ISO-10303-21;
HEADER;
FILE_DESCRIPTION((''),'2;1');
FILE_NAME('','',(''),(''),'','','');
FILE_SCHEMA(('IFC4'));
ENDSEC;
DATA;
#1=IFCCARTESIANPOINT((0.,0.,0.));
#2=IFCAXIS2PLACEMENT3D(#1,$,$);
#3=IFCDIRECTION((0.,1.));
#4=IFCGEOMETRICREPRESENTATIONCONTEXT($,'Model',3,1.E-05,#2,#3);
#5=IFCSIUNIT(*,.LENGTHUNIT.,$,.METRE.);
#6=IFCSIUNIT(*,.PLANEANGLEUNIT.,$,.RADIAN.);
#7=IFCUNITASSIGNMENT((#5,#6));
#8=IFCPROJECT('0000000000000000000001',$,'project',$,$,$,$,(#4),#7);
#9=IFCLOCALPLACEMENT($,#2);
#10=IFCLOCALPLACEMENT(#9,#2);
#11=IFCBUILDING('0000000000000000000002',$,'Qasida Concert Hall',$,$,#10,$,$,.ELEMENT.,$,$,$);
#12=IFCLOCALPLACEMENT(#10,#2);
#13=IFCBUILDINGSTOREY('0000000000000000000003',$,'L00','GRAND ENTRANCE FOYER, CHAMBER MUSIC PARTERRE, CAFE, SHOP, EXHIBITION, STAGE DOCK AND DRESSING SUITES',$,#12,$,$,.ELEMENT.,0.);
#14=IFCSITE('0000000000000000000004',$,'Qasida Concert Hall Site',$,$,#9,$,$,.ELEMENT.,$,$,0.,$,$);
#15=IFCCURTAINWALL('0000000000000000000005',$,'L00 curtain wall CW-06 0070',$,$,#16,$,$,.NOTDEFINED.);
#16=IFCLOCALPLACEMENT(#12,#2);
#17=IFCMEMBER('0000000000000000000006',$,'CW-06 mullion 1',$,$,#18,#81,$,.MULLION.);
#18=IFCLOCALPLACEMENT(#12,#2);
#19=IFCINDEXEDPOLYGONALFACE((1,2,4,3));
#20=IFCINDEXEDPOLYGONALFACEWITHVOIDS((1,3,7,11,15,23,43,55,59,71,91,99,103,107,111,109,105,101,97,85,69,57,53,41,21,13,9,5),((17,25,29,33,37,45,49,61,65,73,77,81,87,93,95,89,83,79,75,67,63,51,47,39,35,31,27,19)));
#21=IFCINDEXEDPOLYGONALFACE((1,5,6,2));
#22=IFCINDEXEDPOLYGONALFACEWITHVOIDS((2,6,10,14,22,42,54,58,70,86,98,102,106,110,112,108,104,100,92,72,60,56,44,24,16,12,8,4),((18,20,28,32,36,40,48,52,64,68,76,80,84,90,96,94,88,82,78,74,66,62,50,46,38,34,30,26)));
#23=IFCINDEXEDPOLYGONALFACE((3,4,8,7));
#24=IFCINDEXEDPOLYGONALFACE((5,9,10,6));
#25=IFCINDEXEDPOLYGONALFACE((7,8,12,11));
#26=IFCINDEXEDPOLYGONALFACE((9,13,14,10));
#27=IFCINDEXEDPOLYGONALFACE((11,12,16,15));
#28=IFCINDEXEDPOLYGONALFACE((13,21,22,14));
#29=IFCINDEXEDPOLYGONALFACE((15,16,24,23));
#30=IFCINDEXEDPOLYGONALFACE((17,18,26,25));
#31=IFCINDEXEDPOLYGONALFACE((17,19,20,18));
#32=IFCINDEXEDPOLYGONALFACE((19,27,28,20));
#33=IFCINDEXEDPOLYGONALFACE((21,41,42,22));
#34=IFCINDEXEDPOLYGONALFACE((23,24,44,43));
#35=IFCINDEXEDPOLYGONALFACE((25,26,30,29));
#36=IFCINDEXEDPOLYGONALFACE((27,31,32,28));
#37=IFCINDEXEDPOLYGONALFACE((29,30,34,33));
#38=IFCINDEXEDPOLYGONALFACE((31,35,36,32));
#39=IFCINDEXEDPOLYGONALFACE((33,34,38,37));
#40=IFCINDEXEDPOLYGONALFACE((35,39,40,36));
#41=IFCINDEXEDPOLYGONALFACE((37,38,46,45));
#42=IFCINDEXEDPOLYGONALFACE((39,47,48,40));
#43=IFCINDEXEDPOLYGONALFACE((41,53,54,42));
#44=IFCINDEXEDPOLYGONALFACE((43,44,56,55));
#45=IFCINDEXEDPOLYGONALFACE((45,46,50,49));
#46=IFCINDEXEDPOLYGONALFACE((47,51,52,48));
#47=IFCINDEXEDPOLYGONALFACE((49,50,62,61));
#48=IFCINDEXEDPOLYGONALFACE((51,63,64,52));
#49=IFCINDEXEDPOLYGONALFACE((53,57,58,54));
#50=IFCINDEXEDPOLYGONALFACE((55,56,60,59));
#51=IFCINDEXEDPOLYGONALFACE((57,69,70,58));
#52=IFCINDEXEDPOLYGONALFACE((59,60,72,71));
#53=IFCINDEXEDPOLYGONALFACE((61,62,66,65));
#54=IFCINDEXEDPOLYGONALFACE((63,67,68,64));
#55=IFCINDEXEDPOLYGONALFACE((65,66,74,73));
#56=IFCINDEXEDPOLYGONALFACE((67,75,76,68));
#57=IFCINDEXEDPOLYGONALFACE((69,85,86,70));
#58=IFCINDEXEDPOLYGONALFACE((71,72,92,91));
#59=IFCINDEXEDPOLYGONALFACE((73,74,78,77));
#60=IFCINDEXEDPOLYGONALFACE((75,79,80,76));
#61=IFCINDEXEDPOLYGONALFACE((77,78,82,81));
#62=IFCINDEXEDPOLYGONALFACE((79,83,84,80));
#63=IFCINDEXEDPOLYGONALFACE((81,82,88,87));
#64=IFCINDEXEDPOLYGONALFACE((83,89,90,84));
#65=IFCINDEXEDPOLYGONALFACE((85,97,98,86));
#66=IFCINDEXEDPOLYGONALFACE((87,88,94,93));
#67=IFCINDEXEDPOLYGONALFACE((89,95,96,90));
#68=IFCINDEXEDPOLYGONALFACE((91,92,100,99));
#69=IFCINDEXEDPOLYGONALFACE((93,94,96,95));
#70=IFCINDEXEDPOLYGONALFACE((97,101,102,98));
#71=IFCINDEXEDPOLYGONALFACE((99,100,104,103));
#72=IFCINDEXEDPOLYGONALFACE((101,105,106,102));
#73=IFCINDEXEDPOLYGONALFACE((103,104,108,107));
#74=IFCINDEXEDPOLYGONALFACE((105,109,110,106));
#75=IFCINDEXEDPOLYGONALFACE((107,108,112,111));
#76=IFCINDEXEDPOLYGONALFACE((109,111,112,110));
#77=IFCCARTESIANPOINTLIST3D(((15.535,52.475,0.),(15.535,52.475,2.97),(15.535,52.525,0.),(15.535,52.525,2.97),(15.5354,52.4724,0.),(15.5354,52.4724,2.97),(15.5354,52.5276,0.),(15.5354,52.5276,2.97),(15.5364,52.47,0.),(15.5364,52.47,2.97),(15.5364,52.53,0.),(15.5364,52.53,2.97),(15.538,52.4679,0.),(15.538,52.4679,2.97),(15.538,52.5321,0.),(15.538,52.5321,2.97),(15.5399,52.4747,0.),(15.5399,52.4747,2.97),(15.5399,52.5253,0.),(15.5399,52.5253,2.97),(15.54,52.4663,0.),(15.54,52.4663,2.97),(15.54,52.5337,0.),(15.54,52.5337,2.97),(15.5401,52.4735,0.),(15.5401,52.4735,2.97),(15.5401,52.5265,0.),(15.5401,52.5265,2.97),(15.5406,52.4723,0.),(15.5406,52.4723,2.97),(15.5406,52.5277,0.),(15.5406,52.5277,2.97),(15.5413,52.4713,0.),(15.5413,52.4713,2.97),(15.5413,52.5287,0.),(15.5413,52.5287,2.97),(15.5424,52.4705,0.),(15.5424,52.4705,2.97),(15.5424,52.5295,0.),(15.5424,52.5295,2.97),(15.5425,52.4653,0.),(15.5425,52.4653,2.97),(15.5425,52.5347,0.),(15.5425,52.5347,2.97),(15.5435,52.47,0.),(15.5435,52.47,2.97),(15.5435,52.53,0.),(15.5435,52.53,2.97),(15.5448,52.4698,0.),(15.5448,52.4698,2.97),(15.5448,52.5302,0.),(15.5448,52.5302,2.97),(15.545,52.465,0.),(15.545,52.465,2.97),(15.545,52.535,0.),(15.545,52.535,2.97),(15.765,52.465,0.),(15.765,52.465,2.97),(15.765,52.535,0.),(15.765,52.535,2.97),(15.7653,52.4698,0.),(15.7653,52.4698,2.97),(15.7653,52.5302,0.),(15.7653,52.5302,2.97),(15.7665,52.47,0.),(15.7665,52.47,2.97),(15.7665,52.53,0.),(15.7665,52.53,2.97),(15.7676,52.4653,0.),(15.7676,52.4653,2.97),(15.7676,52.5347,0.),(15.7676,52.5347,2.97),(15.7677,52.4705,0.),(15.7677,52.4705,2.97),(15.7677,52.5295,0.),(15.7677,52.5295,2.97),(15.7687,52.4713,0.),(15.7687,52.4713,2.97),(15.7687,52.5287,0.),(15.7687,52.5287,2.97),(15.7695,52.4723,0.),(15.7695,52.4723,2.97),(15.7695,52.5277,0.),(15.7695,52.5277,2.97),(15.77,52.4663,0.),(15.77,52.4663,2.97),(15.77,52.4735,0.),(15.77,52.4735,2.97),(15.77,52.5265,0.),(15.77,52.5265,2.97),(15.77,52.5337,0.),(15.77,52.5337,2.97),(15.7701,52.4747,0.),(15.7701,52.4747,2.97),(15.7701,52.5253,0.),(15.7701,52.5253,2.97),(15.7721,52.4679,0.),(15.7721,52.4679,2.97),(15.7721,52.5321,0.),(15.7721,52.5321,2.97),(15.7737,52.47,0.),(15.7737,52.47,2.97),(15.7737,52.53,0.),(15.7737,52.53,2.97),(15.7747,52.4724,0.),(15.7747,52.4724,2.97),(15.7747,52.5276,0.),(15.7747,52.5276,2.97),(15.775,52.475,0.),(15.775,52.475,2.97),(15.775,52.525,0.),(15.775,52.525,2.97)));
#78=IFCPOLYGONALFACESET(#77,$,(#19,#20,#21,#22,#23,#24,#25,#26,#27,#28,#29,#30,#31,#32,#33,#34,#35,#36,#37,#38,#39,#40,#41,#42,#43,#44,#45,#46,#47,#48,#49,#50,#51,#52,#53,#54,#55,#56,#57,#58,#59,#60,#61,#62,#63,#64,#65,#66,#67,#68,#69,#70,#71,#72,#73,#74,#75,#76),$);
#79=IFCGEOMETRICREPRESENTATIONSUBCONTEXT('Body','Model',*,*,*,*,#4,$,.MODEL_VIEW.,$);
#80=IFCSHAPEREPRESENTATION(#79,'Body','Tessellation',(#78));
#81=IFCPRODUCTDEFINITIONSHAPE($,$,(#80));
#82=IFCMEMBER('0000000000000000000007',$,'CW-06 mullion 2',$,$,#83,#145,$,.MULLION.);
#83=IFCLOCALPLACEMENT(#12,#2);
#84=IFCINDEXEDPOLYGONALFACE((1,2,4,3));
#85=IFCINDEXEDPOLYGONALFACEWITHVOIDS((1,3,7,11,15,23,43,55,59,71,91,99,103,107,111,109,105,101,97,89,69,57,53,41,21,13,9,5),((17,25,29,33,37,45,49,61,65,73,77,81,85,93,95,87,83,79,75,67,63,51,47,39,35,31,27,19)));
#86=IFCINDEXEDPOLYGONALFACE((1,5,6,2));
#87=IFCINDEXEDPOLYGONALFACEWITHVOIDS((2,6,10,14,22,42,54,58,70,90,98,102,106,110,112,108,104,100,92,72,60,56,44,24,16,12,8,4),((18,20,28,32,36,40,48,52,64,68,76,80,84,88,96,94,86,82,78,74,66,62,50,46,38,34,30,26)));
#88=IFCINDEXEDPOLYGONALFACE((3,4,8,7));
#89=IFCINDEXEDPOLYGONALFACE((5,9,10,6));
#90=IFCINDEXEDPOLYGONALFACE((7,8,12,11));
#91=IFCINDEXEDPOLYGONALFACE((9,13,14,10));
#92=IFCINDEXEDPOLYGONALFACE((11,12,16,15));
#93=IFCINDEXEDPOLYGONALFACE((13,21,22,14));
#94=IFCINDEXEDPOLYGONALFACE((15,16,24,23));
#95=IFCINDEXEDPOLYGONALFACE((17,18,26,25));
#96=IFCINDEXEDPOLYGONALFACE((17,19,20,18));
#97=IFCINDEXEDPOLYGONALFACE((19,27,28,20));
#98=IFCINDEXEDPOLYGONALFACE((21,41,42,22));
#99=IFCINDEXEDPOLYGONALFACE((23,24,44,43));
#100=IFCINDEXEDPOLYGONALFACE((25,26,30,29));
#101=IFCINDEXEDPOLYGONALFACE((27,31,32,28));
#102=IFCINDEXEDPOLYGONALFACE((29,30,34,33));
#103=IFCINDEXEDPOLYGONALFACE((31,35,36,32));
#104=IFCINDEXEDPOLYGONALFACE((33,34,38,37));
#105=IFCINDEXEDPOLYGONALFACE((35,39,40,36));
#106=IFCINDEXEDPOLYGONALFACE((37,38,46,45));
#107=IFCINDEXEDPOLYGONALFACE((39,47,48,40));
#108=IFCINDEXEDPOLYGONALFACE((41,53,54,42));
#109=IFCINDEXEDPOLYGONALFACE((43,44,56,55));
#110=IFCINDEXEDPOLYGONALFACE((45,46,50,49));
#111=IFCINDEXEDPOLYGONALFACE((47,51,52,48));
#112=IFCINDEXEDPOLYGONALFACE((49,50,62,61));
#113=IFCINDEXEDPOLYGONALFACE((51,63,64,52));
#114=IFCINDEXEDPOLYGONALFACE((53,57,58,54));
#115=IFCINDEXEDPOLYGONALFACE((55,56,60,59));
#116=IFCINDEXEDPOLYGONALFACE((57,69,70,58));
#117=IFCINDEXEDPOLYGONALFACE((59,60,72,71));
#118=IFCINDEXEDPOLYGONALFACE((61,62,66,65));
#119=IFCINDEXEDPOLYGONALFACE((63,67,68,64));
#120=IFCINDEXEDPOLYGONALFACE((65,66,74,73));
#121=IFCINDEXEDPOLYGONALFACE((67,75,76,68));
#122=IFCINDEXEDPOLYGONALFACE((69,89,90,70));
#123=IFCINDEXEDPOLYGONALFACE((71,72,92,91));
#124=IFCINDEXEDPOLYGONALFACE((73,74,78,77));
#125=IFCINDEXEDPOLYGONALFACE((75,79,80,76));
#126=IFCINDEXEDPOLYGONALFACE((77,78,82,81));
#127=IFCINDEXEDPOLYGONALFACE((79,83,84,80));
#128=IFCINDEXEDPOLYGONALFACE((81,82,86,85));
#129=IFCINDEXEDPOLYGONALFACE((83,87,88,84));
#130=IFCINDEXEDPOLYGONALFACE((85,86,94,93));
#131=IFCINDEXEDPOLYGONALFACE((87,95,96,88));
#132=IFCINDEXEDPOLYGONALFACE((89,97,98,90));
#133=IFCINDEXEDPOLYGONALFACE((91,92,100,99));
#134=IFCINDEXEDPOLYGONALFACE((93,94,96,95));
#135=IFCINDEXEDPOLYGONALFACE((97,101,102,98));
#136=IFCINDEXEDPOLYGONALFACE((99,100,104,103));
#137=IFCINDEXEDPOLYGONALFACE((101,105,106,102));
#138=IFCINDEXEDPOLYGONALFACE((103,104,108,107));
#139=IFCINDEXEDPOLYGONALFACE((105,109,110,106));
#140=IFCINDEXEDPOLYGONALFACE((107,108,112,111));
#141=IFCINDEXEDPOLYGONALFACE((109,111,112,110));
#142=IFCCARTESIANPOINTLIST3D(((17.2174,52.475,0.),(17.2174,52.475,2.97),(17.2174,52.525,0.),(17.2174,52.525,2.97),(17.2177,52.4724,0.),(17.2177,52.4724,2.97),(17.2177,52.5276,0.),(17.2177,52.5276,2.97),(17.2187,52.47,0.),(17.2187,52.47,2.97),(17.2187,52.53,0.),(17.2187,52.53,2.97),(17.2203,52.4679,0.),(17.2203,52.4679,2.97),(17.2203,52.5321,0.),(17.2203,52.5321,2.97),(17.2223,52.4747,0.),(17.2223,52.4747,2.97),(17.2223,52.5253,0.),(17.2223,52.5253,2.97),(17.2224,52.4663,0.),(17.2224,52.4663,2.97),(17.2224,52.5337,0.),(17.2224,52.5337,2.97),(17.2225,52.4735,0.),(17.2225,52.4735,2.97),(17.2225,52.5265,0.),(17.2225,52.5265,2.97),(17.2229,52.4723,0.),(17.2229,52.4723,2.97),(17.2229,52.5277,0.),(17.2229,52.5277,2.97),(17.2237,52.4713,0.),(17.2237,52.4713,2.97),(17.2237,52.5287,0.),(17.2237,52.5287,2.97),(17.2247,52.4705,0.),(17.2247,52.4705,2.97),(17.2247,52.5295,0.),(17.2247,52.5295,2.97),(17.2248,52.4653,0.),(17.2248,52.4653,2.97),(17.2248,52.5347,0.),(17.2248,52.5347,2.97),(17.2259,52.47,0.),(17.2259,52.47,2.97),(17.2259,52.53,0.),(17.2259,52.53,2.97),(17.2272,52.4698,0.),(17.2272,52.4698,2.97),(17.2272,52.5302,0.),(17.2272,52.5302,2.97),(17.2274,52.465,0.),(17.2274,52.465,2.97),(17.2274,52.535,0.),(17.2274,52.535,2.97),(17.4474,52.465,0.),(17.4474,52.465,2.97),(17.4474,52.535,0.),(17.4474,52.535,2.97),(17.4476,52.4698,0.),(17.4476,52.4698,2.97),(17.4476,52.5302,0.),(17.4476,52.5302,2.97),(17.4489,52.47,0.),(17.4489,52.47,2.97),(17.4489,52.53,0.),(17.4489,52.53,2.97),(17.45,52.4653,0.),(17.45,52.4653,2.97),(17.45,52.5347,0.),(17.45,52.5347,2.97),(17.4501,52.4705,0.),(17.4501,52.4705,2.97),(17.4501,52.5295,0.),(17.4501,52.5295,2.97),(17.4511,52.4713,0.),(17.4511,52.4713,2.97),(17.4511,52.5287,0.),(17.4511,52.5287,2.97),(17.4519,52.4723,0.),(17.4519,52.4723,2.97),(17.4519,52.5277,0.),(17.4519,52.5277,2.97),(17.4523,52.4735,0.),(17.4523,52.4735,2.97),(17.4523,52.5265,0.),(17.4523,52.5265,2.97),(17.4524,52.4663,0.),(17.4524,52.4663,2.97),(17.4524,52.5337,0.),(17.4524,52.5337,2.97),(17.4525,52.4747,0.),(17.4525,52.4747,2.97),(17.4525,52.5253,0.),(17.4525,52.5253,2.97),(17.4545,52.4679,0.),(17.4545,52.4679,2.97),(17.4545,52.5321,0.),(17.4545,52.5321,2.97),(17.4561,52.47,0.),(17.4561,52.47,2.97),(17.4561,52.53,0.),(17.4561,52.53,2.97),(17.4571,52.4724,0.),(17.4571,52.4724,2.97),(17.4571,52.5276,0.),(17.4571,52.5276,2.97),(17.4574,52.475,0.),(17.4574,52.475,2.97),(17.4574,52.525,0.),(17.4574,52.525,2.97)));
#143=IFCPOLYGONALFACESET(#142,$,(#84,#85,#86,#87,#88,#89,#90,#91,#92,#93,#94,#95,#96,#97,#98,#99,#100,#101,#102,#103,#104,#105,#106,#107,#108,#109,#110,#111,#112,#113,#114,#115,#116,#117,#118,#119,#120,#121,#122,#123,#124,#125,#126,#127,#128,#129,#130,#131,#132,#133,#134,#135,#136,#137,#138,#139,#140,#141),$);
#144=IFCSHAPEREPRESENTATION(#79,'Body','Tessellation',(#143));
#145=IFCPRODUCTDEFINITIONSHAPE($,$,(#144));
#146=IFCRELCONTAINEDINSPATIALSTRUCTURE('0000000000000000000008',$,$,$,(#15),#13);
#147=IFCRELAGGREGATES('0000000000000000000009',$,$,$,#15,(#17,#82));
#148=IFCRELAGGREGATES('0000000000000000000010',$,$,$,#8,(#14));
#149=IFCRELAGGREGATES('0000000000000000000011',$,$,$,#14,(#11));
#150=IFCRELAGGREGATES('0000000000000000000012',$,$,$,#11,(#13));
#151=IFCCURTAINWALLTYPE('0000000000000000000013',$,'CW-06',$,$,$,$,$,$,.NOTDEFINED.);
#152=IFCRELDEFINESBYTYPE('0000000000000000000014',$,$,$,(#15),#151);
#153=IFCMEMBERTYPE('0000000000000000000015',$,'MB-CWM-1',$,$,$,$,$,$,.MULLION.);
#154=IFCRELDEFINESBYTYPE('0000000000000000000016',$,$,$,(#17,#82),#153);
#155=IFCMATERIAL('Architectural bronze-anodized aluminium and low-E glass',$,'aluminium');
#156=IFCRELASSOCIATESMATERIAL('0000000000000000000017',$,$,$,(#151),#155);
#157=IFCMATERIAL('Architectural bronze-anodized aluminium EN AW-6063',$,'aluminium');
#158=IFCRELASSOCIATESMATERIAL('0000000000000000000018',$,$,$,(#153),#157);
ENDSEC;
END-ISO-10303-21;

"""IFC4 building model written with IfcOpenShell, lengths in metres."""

from ifc_helpers import new_model, si_unit, direction, frame, origin, origin_2d, place, context, subcontext, project, spatial, hollow_rectangle, extrude, material, material_profile, profile_set, type_object, element, aggregate, save


model = new_model("IFC4")

# Units and contexts
model_context = context("Model", 3, precision=1e-05, world=origin(), true_north=direction((0.0, 1.0)))
body_context = subcontext(model_context, "Body", "Model", "MODEL_VIEW")
ifc_project = project(units=[si_unit("LENGTHUNIT", "METRE"), si_unit("PLANEANGLEUNIT", "RADIAN")], contexts=[model_context])

# Site, building, storey
site_placement = place(None, origin())
site = spatial("IfcSite", under=ifc_project, at=site_placement, Name="Qasida Concert Hall Site", CompositionType="ELEMENT", RefElevation=0.0)
building_placement = place(site_placement, origin())
building = spatial("IfcBuilding", under=site, at=building_placement, Name="Qasida Concert Hall", CompositionType="ELEMENT")
storey_placement = place(building_placement, origin())
storey = spatial("IfcBuildingStorey", under=building, at=storey_placement, Name="L00", Description="GRAND ENTRANCE FOYER, CHAMBER MUSIC PARTERRE, CAFE, SHOP, EXHIBITION, STAGE DOCK AND DRESSING SUITES", CompositionType="ELEMENT", Elevation=0.0)

# Curtain wall, members
ifc_material_1 = material(Name="Architectural bronze-anodized aluminium and low-E glass", Category="aluminium")
curtain_wall_type = type_object("IfcCurtainWallType", Name="CW-06", PredefinedType="NOTDEFINED", material=ifc_material_1)
ifc_material_2 = material(Name="Architectural bronze-anodized aluminium EN AW-6063", Category="aluminium")
ifc_material_profile_1 = material_profile(ifc_material_2, hollow_rectangle(XDim=0.0701, YDim=0.24, WallThickness=0.0049, InnerFilletRadius=0.0049, OuterFilletRadius=0.01, at=origin_2d()), Name="CWM 240x70x5")
ifc_profile_set_1 = profile_set([ifc_material_profile_1], Name="Architectural bronze-anodized aluminium EN AW-6063")
member_type_1 = type_object("IfcMemberType", Name="MB-CWM-1", PredefinedType="MULLION", material=ifc_profile_set_1)
curtain_wall_1_placement = place(storey_placement, origin())
curtain_wall_1 = element("IfcCurtainWall", 1, at=curtain_wall_1_placement, inside=storey, type_object=curtain_wall_type, Name="L00 curtain wall CW-06 0070", PredefinedType="NOTDEFINED")
member_1_placement = place(storey_placement, frame((15.655, 52.5, 0.0), z_axis=(0.0, 0.0, 1.0), x_axis=(0.0, 1.0, 0.0)))
member_1 = element("IfcMember", 2, at=member_1_placement, type_object=member_type_1, Name="CW-06 mullion 1", PredefinedType="MULLION", context=body_context, shape_type="SweptSolid", body=[
    extrude(hollow_rectangle(XDim=0.0701, YDim=0.24, WallThickness=0.0049, InnerFilletRadius=0.0049, OuterFilletRadius=0.01, at=origin_2d()), origin(), (0.0, 0.0, 1.0), 2.97),
])
member_2_placement = place(storey_placement, frame((17.3374, 52.5, 0.0), z_axis=(0.0, 0.0, 1.0), x_axis=(0.0, 1.0, 0.0)))
member_2 = element("IfcMember", 3, at=member_2_placement, type_object=member_type_1, Name="CW-06 mullion 2", PredefinedType="MULLION", context=body_context, shape_type="SweptSolid", body=[
    extrude(hollow_rectangle(XDim=0.0701, YDim=0.24, WallThickness=0.0049, InnerFilletRadius=0.0049, OuterFilletRadius=0.01, at=origin_2d()), origin(), (0.0, 0.0, 1.0), 2.97),
])

aggregate(curtain_wall_1, [member_1, member_2])

save(model, "model.ifc")
